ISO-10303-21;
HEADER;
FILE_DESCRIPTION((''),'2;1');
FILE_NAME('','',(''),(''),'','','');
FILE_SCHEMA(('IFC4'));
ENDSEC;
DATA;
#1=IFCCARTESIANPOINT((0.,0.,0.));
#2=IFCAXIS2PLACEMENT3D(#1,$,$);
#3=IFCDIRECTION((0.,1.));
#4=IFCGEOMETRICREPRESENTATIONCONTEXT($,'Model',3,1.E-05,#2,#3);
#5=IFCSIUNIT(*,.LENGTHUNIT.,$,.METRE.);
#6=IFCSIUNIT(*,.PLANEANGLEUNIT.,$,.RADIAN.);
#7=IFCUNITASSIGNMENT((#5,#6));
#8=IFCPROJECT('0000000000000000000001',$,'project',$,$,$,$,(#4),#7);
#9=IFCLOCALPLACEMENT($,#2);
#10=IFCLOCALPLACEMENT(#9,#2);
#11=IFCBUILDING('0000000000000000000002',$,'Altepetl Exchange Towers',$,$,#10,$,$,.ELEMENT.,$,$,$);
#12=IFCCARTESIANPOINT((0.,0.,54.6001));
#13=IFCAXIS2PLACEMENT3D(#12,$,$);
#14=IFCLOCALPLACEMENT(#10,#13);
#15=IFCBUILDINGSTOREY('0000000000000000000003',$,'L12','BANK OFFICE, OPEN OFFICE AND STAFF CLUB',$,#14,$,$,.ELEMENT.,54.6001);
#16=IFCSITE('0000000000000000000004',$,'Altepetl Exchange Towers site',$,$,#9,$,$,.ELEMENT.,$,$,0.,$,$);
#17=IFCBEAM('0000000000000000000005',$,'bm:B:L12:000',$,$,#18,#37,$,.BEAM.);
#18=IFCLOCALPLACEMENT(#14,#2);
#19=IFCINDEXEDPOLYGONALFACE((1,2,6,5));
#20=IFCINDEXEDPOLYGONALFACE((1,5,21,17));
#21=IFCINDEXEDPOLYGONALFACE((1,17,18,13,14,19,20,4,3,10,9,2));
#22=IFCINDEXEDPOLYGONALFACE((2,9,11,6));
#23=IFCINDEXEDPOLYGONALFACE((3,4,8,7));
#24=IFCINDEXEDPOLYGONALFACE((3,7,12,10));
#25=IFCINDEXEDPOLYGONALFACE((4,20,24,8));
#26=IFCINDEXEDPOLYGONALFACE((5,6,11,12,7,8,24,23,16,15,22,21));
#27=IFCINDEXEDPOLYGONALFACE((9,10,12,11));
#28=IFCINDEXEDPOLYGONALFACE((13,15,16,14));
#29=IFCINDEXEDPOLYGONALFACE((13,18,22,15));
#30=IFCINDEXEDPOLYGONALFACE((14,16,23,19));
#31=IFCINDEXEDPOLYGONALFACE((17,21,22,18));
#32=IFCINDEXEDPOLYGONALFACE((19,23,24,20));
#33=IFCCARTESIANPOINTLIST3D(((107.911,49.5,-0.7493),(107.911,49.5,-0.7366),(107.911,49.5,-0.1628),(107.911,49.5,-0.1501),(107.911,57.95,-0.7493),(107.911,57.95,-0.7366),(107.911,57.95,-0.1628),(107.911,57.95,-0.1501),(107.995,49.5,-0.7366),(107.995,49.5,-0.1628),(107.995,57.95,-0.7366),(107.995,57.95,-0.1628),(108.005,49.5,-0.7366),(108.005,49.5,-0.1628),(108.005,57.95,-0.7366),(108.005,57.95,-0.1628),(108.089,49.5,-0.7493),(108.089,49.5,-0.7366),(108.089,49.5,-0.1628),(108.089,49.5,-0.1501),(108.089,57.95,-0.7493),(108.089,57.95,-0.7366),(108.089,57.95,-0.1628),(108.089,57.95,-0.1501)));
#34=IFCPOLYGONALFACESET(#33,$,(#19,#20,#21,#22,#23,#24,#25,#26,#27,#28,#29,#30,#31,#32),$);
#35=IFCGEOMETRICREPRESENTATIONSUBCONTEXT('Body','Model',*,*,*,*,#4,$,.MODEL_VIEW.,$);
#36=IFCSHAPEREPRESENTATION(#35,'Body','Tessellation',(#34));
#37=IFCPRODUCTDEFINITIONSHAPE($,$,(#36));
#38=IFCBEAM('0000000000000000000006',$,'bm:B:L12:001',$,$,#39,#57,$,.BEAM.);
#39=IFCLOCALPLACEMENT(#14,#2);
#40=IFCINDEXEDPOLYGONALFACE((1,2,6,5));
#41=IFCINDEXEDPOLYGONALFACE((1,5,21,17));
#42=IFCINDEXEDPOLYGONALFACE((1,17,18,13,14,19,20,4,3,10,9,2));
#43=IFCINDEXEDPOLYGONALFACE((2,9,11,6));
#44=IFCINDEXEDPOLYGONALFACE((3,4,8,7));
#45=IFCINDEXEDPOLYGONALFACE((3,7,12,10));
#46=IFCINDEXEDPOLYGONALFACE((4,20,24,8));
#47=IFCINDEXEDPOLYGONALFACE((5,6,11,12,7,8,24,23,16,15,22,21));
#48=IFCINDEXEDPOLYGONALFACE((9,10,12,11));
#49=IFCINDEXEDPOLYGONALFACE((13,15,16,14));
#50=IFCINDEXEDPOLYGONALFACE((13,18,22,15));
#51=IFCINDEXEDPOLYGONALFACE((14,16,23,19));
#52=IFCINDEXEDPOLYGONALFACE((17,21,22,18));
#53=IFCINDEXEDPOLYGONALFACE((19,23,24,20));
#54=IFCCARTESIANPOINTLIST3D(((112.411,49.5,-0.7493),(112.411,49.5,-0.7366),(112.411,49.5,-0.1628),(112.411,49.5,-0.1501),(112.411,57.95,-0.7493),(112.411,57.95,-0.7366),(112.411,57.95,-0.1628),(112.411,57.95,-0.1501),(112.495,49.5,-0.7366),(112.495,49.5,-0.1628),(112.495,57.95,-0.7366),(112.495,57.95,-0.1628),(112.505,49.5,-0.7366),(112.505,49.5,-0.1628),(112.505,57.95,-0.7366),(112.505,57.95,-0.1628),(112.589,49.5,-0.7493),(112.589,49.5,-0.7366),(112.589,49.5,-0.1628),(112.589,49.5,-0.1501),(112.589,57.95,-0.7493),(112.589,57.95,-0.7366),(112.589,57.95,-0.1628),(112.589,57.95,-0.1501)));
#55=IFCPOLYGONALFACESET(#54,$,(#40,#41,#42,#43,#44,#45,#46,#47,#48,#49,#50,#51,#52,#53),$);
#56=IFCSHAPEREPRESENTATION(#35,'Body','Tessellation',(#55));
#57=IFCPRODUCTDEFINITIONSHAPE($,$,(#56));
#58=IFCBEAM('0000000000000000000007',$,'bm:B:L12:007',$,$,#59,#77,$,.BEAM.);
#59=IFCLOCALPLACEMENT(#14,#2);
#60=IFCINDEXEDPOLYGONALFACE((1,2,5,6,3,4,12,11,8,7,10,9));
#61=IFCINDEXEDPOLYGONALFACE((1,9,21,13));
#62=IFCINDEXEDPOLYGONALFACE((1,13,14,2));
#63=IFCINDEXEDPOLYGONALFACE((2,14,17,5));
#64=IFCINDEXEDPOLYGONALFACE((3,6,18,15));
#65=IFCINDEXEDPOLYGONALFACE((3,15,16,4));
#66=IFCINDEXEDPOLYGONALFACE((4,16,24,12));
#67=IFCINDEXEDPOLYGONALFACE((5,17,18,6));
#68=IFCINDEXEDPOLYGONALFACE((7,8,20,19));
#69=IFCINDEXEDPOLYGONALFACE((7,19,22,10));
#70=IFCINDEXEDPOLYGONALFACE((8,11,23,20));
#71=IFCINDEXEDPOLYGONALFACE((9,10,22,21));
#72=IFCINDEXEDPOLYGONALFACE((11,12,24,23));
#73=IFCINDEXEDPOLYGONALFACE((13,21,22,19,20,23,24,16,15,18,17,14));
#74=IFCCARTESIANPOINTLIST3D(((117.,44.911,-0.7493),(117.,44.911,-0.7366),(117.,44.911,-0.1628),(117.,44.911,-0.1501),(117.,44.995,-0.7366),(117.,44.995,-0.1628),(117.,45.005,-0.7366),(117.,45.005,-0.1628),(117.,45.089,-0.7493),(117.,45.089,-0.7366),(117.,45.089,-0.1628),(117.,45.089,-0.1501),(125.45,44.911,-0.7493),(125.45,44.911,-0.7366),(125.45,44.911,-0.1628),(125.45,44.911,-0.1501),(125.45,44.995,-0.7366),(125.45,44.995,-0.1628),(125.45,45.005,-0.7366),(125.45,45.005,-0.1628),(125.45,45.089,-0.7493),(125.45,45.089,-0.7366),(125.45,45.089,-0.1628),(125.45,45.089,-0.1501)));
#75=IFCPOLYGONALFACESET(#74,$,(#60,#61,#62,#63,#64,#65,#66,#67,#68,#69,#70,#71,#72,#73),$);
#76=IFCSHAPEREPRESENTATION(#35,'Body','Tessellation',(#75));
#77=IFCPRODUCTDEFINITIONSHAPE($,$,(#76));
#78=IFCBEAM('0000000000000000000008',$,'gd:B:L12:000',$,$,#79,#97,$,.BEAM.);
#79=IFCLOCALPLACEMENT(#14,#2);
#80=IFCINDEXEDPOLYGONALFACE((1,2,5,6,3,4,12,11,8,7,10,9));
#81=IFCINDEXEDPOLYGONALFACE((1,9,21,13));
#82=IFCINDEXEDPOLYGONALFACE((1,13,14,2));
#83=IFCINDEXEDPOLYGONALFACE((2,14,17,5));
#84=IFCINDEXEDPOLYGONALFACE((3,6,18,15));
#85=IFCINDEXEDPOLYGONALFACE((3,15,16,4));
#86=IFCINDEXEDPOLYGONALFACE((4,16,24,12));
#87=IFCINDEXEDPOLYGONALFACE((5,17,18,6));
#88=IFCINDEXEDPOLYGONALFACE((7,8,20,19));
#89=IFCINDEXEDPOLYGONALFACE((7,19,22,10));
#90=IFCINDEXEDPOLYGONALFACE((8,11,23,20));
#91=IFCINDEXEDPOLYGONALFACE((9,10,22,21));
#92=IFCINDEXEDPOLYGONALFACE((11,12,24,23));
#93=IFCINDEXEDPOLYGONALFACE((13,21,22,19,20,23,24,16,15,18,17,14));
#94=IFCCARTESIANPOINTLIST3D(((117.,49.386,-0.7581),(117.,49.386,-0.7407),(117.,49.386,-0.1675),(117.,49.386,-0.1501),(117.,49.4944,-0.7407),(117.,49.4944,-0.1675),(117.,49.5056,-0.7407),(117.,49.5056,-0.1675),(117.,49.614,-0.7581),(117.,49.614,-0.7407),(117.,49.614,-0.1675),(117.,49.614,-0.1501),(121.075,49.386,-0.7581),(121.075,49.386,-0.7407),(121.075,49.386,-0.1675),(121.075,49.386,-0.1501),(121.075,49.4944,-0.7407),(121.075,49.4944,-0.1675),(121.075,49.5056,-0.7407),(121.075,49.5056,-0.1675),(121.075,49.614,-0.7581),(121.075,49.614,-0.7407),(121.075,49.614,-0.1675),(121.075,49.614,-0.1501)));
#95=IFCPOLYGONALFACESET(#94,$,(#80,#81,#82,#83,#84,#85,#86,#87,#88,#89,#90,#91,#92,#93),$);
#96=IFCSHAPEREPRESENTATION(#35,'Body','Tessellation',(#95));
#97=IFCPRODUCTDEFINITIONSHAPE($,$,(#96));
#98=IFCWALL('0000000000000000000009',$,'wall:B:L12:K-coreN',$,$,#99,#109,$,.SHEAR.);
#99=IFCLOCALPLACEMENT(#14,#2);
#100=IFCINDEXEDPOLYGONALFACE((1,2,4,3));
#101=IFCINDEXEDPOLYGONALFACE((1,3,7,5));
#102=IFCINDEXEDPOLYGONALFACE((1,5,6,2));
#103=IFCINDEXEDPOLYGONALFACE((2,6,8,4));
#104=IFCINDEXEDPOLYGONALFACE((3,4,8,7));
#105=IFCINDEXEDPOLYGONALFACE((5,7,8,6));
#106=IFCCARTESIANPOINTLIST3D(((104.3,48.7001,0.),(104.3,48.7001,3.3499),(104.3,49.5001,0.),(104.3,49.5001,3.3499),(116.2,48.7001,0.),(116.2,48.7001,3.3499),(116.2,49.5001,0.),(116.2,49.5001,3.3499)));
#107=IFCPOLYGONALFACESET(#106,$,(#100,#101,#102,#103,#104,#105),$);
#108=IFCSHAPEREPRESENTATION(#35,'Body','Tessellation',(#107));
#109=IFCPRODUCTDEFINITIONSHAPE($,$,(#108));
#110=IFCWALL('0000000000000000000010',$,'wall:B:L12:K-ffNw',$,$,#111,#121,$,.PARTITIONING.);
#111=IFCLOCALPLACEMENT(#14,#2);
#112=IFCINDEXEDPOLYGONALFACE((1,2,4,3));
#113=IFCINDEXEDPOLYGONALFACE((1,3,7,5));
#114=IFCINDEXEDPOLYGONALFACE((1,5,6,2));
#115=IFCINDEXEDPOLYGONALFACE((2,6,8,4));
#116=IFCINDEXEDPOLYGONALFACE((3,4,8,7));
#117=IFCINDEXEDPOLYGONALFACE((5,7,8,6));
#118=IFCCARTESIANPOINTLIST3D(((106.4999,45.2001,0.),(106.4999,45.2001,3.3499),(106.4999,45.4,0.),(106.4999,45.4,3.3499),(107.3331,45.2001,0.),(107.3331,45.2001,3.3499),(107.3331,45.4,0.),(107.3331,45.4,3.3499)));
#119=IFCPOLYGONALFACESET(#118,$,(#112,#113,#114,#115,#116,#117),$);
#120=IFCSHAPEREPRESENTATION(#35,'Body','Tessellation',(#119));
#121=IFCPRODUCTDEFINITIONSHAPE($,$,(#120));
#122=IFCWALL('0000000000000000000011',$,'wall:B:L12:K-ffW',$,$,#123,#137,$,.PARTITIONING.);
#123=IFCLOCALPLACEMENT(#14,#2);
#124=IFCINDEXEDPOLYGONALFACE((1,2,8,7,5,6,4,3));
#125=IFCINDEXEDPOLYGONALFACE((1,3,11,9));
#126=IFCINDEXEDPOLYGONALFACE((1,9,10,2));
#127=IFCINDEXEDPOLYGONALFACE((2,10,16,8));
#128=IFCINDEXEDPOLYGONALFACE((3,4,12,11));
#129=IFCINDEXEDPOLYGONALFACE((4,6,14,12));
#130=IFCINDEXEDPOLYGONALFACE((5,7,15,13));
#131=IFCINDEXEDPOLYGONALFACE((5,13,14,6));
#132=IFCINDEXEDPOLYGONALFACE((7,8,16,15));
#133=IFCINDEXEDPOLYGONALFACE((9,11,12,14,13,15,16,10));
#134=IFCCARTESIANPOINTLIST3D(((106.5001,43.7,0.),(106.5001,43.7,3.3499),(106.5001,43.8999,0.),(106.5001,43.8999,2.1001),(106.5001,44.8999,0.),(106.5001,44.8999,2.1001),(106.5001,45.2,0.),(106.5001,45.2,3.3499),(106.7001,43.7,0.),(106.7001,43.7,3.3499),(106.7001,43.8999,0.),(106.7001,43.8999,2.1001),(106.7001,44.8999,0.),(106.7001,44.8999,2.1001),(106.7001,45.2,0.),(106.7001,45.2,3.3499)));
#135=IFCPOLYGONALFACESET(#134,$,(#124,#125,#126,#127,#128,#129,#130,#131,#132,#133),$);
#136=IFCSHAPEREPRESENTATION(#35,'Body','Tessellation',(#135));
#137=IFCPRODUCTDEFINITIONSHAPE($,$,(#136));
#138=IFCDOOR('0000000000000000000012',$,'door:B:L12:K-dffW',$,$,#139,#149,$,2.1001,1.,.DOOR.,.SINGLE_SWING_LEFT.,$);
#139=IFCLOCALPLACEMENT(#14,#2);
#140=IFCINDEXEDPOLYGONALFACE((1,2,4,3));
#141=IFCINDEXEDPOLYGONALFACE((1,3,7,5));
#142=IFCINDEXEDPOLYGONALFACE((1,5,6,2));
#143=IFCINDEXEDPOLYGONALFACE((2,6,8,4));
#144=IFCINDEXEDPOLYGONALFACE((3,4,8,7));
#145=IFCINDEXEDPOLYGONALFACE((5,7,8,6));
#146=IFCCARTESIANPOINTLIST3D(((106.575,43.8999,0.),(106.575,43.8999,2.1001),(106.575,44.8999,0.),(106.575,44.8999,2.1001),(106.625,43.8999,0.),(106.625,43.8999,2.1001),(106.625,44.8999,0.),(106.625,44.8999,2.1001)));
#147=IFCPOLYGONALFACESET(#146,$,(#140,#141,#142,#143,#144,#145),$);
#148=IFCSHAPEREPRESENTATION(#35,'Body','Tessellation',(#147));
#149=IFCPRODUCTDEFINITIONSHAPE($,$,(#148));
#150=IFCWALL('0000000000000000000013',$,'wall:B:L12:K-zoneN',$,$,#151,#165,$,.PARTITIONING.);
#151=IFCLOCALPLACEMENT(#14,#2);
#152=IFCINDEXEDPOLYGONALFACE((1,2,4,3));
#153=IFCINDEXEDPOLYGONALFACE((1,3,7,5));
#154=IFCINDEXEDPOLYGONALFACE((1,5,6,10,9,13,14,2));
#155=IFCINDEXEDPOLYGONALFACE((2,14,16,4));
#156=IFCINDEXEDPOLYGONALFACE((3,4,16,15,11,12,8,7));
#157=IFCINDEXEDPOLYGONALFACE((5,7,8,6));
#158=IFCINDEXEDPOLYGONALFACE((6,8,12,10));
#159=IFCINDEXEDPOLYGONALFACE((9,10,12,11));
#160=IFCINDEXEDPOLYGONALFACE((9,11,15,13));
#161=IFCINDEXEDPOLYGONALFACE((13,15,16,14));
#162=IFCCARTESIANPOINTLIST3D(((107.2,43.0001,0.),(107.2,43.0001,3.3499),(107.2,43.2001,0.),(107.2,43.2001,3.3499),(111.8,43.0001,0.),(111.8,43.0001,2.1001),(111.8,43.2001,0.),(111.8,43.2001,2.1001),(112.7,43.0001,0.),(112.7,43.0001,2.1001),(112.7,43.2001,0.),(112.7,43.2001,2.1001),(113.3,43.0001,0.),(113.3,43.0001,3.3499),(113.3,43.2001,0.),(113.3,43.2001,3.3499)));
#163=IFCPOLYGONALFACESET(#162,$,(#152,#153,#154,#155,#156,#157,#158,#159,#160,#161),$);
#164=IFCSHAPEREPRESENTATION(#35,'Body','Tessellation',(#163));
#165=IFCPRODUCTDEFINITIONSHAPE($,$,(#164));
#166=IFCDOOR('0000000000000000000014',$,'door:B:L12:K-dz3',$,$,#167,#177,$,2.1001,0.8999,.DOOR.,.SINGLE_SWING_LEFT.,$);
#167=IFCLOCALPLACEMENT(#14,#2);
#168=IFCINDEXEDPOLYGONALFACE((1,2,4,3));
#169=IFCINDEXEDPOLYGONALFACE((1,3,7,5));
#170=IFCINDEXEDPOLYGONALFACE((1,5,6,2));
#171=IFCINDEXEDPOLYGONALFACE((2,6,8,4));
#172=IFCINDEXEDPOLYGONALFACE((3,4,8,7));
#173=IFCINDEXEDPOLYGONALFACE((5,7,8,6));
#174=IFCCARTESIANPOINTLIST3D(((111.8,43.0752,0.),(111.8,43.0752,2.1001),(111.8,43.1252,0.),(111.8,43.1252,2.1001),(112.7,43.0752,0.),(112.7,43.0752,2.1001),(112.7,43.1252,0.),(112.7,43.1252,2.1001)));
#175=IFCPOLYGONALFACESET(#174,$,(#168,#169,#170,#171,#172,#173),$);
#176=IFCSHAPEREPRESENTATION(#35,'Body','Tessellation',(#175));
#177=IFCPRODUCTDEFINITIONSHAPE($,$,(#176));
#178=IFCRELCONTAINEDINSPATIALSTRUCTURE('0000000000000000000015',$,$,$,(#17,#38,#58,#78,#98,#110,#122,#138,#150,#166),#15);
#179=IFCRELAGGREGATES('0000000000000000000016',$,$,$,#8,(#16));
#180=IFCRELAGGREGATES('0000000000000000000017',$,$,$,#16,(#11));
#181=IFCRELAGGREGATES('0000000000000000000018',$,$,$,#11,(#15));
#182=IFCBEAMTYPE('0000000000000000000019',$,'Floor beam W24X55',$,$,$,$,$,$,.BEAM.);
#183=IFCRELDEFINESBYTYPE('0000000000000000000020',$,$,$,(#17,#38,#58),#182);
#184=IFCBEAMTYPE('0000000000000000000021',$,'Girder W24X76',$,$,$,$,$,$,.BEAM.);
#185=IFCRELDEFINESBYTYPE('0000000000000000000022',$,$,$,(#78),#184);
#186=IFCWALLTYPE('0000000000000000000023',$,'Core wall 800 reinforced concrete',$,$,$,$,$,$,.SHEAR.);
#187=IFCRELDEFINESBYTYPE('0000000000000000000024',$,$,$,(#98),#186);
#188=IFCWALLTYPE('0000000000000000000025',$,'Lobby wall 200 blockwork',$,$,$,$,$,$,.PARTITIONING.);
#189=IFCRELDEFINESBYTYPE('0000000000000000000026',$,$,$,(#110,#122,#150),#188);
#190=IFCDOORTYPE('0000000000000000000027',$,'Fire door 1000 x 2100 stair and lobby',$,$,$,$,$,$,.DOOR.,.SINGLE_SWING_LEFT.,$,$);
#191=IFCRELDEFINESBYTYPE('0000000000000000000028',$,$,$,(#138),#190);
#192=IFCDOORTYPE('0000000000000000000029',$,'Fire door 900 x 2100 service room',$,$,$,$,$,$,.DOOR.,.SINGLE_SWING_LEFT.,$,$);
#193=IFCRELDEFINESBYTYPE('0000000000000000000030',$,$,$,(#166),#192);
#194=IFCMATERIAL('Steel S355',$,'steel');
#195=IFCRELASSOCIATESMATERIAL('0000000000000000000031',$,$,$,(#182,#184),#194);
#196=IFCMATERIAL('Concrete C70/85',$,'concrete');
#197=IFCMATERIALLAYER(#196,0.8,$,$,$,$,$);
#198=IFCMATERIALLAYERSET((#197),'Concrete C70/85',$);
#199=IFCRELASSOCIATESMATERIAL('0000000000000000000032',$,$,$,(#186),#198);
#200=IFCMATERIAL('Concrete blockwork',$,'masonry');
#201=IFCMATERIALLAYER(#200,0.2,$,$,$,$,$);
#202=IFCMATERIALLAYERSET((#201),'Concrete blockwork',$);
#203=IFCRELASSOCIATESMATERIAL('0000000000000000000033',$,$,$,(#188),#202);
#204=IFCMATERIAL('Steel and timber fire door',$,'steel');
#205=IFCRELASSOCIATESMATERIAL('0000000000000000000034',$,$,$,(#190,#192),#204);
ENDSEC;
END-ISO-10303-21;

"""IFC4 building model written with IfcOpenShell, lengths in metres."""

from ifc_helpers import new_model, si_unit, direction, frame, frame_2d, origin, origin_2d, place, context, subcontext, project, spatial, rectangle, i_section, extrude, material, layer, layer_set, material_profile, profile_set, type_object, element, fill, save


model = new_model("IFC4")

# Units and contexts
model_context = context("Model", 3, precision=1e-05, world=origin(), true_north=direction((0.0, 1.0)))
body_context = subcontext(model_context, "Body", "Model", "MODEL_VIEW")
ifc_project = project(units=[si_unit("LENGTHUNIT", "METRE"), si_unit("PLANEANGLEUNIT", "RADIAN")], contexts=[model_context])

# Site, building, storey
site_placement = place(None, origin())
site = spatial("IfcSite", under=ifc_project, at=site_placement, Name="Altepetl Exchange Towers site", CompositionType="ELEMENT", RefElevation=0.0)
building_placement = place(site_placement, origin())
building = spatial("IfcBuilding", under=site, at=building_placement, Name="Altepetl Exchange Towers", CompositionType="ELEMENT")
storey_placement = place(building_placement, frame((0.0, 0.0, 54.6001)))
storey = spatial("IfcBuildingStorey", under=building, at=storey_placement, Name="L12", Description="BANK OFFICE, OPEN OFFICE AND STAFF CLUB", CompositionType="ELEMENT", Elevation=54.6001)

# Beams
ifc_material_1 = material(Name="Steel S355", Category="steel")
ifc_material_profile_1 = material_profile(ifc_material_1, i_section(OverallWidth=0.178, OverallDepth=0.5991, WebThickness=0.01, FlangeThickness=0.0127, at=origin_2d()), Name="W24X55")
ifc_profile_set_1 = profile_set([ifc_material_profile_1], Name="Steel S355")
beam_type_1 = type_object("IfcBeamType", Name="Floor beam W24X55", PredefinedType="BEAM", material=ifc_profile_set_1)
for number, where, z_axis, x_axis, name in (
    (1, (108.0, 49.5, -0.4497), (0.0, 1.0, 0.0), (-1.0, 0.0, 0.0), "bm:B:L12:000"),
    (2, (112.5, 49.5, -0.4497), (0.0, 1.0, 0.0), (-1.0, 0.0, 0.0), "bm:B:L12:001"),
    (3, (117.0, 45.0, -0.4497), (1.0, 0.0, 0.0), (0.0, 1.0, 0.0), "bm:B:L12:007"),
):
    element("IfcBeam", number, at=place(storey_placement, frame(where, z_axis=z_axis, x_axis=x_axis)), inside=storey, type_object=beam_type_1, Name=name, PredefinedType="BEAM", context=body_context, shape_type="SweptSolid", body=[
        extrude(i_section(OverallWidth=0.178, OverallDepth=0.5991, WebThickness=0.01, FlangeThickness=0.0127, at=origin_2d()), origin(), (0.0, 0.0, 1.0), 8.45),
    ])
ifc_material_profile_2 = material_profile(ifc_material_1, i_section(OverallWidth=0.228, OverallDepth=0.6079, WebThickness=0.0112, FlangeThickness=0.0173, at=origin_2d()), Name="W24X76")
ifc_profile_set_2 = profile_set([ifc_material_profile_2], Name="Steel S355")
beam_type_2 = type_object("IfcBeamType", Name="Girder W24X76", PredefinedType="BEAM", material=ifc_profile_set_2)
beam_placement = place(storey_placement, frame((117.0, 49.5, -0.4541), z_axis=(1.0, 0.0, 0.0), x_axis=(0.0, 1.0, 0.0)))
element("IfcBeam", 4, at=beam_placement, inside=storey, type_object=beam_type_2, Name="gd:B:L12:000", PredefinedType="BEAM", context=body_context, shape_type="SweptSolid", body=[
    extrude(i_section(OverallWidth=0.228, OverallDepth=0.6079, WebThickness=0.0112, FlangeThickness=0.0173, at=origin_2d()), origin(), (0.0, 0.0, 1.0), 4.075),
])

# Walls
ifc_material_2 = material(Name="Concrete C70/85", Category="concrete")
ifc_layer_1 = layer(ifc_material_2, 0.8)
ifc_layer_set_1 = layer_set([ifc_layer_1], Name="Concrete C70/85")
wall_type_1 = type_object("IfcWallType", Name="Core wall 800 reinforced concrete", PredefinedType="SHEAR", material=ifc_layer_set_1)
wall_1_placement = place(storey_placement, frame((104.3, 49.1001, 0.0)))
element("IfcWall", 5, at=wall_1_placement, inside=storey, type_object=wall_type_1, Name="wall:B:L12:K-coreN", PredefinedType="SHEAR", context=body_context, shape_type="SweptSolid", body=[
    extrude(rectangle(XDim=11.8999, YDim=0.8, at=frame_2d((5.95, 0.0))), origin(), (0.0, 0.0, 1.0), 3.3499),
])
ifc_material_3 = material(Name="Concrete blockwork", Category="masonry")
ifc_layer_2 = layer(ifc_material_3, 0.2)
ifc_layer_set_2 = layer_set([ifc_layer_2], Name="Concrete blockwork")
wall_type_2 = type_object("IfcWallType", Name="Lobby wall 200 blockwork", PredefinedType="PARTITIONING", material=ifc_layer_set_2)
wall_2_placement = place(storey_placement, frame((106.5, 45.3, 0.0)))
element("IfcWall", 6, at=wall_2_placement, inside=storey, type_object=wall_type_2, Name="wall:B:L12:K-ffNw", PredefinedType="PARTITIONING", context=body_context, shape_type="SweptSolid", body=[
    extrude(rectangle(XDim=0.8333, YDim=0.2, at=frame_2d((0.4165, 0.0))), origin(), (0.0, 0.0, 1.0), 3.3499),
])

# Walls, openings, doors
wall_3_placement = place(storey_placement, frame((106.6001, 43.7, 0.0), z_axis=(0.0, 0.0, 1.0), x_axis=(0.0, 1.0, 0.0)))
wall_3 = element("IfcWall", 7, at=wall_3_placement, inside=storey, type_object=wall_type_2, Name="wall:B:L12:K-ffW", PredefinedType="PARTITIONING", context=body_context, shape_type="SweptSolid", body=[
    extrude(rectangle(XDim=1.5, YDim=0.2, at=frame_2d((0.75, 0.0))), origin(), (0.0, 0.0, 1.0), 3.3499),
])
opening_1_placement = place(wall_3_placement, frame((0.2, 0.0, 0.0)))
opening_1 = element("IfcOpeningElement", 8, at=opening_1_placement, cuts=wall_3, PredefinedType="OPENING", context=body_context, shape_type="SweptSolid", body=[
    extrude(rectangle(XDim=1.0, YDim=2.1001, at=frame_2d((0.5, 1.05))), frame((0.0, 0.1099, 0.0), z_axis=(0.0, -1.0, 0.0), x_axis=(1.0, 0.0, 0.0)), (0.0, 0.0, 1.0), 0.22),
])
ifc_material_4 = material(Name="Steel and timber fire door", Category="steel")
door_type_1 = type_object("IfcDoorType", Name="Fire door 1000 x 2100 stair and lobby", OperationType="SINGLE_SWING_LEFT", PredefinedType="DOOR", material=ifc_material_4)
door_1_placement = place(opening_1_placement, frame((1.0, 0.0, 0.0), x_axis=(-1.0, 0.0, 0.0)))
door_1 = element("IfcDoor", 9, at=door_1_placement, inside=storey, type_object=door_type_1, Name="door:B:L12:K-dffW", OperationType="SINGLE_SWING_LEFT", OverallHeight=2.1001, OverallWidth=1.0, PredefinedType="DOOR", context=body_context, shape_type="SweptSolid", body=[
    extrude(rectangle(XDim=1.0, YDim=2.1001, at=frame_2d((0.5, 1.05))), frame((0.0, 0.0249, 0.0), z_axis=(0.0, -1.0, 0.0), x_axis=(1.0, 0.0, 0.0)), (0.0, 0.0, 1.0), 0.05),
])
fill(opening_1, door_1)
wall_4_placement = place(storey_placement, frame((107.2, 43.1001, 0.0)))
wall_4 = element("IfcWall", 10, at=wall_4_placement, inside=storey, type_object=wall_type_2, Name="wall:B:L12:K-zoneN", PredefinedType="PARTITIONING", context=body_context, shape_type="SweptSolid", body=[
    extrude(rectangle(XDim=6.1001, YDim=0.2, at=frame_2d((3.05, 0.0))), origin(), (0.0, 0.0, 1.0), 3.3499),
])
opening_2_placement = place(wall_4_placement, frame((4.6001, 0.0, 0.0)))
opening_2 = element("IfcOpeningElement", 11, at=opening_2_placement, cuts=wall_4, PredefinedType="OPENING", context=body_context, shape_type="SweptSolid", body=[
    extrude(rectangle(XDim=0.8999, YDim=2.1001, at=frame_2d((0.45, 1.05))), frame((0.0, 0.1099, 0.0), z_axis=(0.0, -1.0, 0.0), x_axis=(1.0, 0.0, 0.0)), (0.0, 0.0, 1.0), 0.22),
])
door_type_2 = type_object("IfcDoorType", Name="Fire door 900 x 2100 service room", OperationType="SINGLE_SWING_LEFT", PredefinedType="DOOR", material=ifc_material_4)
door_2_placement = place(opening_2_placement, frame((0.8999, 0.0, 0.0), x_axis=(-1.0, 0.0, 0.0)))
door_2 = element("IfcDoor", 12, at=door_2_placement, inside=storey, type_object=door_type_2, Name="door:B:L12:K-dz3", OperationType="SINGLE_SWING_LEFT", OverallHeight=2.1001, OverallWidth=0.8999, PredefinedType="DOOR", context=body_context, shape_type="SweptSolid", body=[
    extrude(rectangle(XDim=0.8999, YDim=2.1001, at=frame_2d((0.45, 1.05))), frame((0.0, 0.0249, 0.0), z_axis=(0.0, -1.0, 0.0), x_axis=(1.0, 0.0, 0.0)), (0.0, 0.0, 1.0), 0.05),
])
fill(opening_2, door_2)

save(model, "model.ifc")
